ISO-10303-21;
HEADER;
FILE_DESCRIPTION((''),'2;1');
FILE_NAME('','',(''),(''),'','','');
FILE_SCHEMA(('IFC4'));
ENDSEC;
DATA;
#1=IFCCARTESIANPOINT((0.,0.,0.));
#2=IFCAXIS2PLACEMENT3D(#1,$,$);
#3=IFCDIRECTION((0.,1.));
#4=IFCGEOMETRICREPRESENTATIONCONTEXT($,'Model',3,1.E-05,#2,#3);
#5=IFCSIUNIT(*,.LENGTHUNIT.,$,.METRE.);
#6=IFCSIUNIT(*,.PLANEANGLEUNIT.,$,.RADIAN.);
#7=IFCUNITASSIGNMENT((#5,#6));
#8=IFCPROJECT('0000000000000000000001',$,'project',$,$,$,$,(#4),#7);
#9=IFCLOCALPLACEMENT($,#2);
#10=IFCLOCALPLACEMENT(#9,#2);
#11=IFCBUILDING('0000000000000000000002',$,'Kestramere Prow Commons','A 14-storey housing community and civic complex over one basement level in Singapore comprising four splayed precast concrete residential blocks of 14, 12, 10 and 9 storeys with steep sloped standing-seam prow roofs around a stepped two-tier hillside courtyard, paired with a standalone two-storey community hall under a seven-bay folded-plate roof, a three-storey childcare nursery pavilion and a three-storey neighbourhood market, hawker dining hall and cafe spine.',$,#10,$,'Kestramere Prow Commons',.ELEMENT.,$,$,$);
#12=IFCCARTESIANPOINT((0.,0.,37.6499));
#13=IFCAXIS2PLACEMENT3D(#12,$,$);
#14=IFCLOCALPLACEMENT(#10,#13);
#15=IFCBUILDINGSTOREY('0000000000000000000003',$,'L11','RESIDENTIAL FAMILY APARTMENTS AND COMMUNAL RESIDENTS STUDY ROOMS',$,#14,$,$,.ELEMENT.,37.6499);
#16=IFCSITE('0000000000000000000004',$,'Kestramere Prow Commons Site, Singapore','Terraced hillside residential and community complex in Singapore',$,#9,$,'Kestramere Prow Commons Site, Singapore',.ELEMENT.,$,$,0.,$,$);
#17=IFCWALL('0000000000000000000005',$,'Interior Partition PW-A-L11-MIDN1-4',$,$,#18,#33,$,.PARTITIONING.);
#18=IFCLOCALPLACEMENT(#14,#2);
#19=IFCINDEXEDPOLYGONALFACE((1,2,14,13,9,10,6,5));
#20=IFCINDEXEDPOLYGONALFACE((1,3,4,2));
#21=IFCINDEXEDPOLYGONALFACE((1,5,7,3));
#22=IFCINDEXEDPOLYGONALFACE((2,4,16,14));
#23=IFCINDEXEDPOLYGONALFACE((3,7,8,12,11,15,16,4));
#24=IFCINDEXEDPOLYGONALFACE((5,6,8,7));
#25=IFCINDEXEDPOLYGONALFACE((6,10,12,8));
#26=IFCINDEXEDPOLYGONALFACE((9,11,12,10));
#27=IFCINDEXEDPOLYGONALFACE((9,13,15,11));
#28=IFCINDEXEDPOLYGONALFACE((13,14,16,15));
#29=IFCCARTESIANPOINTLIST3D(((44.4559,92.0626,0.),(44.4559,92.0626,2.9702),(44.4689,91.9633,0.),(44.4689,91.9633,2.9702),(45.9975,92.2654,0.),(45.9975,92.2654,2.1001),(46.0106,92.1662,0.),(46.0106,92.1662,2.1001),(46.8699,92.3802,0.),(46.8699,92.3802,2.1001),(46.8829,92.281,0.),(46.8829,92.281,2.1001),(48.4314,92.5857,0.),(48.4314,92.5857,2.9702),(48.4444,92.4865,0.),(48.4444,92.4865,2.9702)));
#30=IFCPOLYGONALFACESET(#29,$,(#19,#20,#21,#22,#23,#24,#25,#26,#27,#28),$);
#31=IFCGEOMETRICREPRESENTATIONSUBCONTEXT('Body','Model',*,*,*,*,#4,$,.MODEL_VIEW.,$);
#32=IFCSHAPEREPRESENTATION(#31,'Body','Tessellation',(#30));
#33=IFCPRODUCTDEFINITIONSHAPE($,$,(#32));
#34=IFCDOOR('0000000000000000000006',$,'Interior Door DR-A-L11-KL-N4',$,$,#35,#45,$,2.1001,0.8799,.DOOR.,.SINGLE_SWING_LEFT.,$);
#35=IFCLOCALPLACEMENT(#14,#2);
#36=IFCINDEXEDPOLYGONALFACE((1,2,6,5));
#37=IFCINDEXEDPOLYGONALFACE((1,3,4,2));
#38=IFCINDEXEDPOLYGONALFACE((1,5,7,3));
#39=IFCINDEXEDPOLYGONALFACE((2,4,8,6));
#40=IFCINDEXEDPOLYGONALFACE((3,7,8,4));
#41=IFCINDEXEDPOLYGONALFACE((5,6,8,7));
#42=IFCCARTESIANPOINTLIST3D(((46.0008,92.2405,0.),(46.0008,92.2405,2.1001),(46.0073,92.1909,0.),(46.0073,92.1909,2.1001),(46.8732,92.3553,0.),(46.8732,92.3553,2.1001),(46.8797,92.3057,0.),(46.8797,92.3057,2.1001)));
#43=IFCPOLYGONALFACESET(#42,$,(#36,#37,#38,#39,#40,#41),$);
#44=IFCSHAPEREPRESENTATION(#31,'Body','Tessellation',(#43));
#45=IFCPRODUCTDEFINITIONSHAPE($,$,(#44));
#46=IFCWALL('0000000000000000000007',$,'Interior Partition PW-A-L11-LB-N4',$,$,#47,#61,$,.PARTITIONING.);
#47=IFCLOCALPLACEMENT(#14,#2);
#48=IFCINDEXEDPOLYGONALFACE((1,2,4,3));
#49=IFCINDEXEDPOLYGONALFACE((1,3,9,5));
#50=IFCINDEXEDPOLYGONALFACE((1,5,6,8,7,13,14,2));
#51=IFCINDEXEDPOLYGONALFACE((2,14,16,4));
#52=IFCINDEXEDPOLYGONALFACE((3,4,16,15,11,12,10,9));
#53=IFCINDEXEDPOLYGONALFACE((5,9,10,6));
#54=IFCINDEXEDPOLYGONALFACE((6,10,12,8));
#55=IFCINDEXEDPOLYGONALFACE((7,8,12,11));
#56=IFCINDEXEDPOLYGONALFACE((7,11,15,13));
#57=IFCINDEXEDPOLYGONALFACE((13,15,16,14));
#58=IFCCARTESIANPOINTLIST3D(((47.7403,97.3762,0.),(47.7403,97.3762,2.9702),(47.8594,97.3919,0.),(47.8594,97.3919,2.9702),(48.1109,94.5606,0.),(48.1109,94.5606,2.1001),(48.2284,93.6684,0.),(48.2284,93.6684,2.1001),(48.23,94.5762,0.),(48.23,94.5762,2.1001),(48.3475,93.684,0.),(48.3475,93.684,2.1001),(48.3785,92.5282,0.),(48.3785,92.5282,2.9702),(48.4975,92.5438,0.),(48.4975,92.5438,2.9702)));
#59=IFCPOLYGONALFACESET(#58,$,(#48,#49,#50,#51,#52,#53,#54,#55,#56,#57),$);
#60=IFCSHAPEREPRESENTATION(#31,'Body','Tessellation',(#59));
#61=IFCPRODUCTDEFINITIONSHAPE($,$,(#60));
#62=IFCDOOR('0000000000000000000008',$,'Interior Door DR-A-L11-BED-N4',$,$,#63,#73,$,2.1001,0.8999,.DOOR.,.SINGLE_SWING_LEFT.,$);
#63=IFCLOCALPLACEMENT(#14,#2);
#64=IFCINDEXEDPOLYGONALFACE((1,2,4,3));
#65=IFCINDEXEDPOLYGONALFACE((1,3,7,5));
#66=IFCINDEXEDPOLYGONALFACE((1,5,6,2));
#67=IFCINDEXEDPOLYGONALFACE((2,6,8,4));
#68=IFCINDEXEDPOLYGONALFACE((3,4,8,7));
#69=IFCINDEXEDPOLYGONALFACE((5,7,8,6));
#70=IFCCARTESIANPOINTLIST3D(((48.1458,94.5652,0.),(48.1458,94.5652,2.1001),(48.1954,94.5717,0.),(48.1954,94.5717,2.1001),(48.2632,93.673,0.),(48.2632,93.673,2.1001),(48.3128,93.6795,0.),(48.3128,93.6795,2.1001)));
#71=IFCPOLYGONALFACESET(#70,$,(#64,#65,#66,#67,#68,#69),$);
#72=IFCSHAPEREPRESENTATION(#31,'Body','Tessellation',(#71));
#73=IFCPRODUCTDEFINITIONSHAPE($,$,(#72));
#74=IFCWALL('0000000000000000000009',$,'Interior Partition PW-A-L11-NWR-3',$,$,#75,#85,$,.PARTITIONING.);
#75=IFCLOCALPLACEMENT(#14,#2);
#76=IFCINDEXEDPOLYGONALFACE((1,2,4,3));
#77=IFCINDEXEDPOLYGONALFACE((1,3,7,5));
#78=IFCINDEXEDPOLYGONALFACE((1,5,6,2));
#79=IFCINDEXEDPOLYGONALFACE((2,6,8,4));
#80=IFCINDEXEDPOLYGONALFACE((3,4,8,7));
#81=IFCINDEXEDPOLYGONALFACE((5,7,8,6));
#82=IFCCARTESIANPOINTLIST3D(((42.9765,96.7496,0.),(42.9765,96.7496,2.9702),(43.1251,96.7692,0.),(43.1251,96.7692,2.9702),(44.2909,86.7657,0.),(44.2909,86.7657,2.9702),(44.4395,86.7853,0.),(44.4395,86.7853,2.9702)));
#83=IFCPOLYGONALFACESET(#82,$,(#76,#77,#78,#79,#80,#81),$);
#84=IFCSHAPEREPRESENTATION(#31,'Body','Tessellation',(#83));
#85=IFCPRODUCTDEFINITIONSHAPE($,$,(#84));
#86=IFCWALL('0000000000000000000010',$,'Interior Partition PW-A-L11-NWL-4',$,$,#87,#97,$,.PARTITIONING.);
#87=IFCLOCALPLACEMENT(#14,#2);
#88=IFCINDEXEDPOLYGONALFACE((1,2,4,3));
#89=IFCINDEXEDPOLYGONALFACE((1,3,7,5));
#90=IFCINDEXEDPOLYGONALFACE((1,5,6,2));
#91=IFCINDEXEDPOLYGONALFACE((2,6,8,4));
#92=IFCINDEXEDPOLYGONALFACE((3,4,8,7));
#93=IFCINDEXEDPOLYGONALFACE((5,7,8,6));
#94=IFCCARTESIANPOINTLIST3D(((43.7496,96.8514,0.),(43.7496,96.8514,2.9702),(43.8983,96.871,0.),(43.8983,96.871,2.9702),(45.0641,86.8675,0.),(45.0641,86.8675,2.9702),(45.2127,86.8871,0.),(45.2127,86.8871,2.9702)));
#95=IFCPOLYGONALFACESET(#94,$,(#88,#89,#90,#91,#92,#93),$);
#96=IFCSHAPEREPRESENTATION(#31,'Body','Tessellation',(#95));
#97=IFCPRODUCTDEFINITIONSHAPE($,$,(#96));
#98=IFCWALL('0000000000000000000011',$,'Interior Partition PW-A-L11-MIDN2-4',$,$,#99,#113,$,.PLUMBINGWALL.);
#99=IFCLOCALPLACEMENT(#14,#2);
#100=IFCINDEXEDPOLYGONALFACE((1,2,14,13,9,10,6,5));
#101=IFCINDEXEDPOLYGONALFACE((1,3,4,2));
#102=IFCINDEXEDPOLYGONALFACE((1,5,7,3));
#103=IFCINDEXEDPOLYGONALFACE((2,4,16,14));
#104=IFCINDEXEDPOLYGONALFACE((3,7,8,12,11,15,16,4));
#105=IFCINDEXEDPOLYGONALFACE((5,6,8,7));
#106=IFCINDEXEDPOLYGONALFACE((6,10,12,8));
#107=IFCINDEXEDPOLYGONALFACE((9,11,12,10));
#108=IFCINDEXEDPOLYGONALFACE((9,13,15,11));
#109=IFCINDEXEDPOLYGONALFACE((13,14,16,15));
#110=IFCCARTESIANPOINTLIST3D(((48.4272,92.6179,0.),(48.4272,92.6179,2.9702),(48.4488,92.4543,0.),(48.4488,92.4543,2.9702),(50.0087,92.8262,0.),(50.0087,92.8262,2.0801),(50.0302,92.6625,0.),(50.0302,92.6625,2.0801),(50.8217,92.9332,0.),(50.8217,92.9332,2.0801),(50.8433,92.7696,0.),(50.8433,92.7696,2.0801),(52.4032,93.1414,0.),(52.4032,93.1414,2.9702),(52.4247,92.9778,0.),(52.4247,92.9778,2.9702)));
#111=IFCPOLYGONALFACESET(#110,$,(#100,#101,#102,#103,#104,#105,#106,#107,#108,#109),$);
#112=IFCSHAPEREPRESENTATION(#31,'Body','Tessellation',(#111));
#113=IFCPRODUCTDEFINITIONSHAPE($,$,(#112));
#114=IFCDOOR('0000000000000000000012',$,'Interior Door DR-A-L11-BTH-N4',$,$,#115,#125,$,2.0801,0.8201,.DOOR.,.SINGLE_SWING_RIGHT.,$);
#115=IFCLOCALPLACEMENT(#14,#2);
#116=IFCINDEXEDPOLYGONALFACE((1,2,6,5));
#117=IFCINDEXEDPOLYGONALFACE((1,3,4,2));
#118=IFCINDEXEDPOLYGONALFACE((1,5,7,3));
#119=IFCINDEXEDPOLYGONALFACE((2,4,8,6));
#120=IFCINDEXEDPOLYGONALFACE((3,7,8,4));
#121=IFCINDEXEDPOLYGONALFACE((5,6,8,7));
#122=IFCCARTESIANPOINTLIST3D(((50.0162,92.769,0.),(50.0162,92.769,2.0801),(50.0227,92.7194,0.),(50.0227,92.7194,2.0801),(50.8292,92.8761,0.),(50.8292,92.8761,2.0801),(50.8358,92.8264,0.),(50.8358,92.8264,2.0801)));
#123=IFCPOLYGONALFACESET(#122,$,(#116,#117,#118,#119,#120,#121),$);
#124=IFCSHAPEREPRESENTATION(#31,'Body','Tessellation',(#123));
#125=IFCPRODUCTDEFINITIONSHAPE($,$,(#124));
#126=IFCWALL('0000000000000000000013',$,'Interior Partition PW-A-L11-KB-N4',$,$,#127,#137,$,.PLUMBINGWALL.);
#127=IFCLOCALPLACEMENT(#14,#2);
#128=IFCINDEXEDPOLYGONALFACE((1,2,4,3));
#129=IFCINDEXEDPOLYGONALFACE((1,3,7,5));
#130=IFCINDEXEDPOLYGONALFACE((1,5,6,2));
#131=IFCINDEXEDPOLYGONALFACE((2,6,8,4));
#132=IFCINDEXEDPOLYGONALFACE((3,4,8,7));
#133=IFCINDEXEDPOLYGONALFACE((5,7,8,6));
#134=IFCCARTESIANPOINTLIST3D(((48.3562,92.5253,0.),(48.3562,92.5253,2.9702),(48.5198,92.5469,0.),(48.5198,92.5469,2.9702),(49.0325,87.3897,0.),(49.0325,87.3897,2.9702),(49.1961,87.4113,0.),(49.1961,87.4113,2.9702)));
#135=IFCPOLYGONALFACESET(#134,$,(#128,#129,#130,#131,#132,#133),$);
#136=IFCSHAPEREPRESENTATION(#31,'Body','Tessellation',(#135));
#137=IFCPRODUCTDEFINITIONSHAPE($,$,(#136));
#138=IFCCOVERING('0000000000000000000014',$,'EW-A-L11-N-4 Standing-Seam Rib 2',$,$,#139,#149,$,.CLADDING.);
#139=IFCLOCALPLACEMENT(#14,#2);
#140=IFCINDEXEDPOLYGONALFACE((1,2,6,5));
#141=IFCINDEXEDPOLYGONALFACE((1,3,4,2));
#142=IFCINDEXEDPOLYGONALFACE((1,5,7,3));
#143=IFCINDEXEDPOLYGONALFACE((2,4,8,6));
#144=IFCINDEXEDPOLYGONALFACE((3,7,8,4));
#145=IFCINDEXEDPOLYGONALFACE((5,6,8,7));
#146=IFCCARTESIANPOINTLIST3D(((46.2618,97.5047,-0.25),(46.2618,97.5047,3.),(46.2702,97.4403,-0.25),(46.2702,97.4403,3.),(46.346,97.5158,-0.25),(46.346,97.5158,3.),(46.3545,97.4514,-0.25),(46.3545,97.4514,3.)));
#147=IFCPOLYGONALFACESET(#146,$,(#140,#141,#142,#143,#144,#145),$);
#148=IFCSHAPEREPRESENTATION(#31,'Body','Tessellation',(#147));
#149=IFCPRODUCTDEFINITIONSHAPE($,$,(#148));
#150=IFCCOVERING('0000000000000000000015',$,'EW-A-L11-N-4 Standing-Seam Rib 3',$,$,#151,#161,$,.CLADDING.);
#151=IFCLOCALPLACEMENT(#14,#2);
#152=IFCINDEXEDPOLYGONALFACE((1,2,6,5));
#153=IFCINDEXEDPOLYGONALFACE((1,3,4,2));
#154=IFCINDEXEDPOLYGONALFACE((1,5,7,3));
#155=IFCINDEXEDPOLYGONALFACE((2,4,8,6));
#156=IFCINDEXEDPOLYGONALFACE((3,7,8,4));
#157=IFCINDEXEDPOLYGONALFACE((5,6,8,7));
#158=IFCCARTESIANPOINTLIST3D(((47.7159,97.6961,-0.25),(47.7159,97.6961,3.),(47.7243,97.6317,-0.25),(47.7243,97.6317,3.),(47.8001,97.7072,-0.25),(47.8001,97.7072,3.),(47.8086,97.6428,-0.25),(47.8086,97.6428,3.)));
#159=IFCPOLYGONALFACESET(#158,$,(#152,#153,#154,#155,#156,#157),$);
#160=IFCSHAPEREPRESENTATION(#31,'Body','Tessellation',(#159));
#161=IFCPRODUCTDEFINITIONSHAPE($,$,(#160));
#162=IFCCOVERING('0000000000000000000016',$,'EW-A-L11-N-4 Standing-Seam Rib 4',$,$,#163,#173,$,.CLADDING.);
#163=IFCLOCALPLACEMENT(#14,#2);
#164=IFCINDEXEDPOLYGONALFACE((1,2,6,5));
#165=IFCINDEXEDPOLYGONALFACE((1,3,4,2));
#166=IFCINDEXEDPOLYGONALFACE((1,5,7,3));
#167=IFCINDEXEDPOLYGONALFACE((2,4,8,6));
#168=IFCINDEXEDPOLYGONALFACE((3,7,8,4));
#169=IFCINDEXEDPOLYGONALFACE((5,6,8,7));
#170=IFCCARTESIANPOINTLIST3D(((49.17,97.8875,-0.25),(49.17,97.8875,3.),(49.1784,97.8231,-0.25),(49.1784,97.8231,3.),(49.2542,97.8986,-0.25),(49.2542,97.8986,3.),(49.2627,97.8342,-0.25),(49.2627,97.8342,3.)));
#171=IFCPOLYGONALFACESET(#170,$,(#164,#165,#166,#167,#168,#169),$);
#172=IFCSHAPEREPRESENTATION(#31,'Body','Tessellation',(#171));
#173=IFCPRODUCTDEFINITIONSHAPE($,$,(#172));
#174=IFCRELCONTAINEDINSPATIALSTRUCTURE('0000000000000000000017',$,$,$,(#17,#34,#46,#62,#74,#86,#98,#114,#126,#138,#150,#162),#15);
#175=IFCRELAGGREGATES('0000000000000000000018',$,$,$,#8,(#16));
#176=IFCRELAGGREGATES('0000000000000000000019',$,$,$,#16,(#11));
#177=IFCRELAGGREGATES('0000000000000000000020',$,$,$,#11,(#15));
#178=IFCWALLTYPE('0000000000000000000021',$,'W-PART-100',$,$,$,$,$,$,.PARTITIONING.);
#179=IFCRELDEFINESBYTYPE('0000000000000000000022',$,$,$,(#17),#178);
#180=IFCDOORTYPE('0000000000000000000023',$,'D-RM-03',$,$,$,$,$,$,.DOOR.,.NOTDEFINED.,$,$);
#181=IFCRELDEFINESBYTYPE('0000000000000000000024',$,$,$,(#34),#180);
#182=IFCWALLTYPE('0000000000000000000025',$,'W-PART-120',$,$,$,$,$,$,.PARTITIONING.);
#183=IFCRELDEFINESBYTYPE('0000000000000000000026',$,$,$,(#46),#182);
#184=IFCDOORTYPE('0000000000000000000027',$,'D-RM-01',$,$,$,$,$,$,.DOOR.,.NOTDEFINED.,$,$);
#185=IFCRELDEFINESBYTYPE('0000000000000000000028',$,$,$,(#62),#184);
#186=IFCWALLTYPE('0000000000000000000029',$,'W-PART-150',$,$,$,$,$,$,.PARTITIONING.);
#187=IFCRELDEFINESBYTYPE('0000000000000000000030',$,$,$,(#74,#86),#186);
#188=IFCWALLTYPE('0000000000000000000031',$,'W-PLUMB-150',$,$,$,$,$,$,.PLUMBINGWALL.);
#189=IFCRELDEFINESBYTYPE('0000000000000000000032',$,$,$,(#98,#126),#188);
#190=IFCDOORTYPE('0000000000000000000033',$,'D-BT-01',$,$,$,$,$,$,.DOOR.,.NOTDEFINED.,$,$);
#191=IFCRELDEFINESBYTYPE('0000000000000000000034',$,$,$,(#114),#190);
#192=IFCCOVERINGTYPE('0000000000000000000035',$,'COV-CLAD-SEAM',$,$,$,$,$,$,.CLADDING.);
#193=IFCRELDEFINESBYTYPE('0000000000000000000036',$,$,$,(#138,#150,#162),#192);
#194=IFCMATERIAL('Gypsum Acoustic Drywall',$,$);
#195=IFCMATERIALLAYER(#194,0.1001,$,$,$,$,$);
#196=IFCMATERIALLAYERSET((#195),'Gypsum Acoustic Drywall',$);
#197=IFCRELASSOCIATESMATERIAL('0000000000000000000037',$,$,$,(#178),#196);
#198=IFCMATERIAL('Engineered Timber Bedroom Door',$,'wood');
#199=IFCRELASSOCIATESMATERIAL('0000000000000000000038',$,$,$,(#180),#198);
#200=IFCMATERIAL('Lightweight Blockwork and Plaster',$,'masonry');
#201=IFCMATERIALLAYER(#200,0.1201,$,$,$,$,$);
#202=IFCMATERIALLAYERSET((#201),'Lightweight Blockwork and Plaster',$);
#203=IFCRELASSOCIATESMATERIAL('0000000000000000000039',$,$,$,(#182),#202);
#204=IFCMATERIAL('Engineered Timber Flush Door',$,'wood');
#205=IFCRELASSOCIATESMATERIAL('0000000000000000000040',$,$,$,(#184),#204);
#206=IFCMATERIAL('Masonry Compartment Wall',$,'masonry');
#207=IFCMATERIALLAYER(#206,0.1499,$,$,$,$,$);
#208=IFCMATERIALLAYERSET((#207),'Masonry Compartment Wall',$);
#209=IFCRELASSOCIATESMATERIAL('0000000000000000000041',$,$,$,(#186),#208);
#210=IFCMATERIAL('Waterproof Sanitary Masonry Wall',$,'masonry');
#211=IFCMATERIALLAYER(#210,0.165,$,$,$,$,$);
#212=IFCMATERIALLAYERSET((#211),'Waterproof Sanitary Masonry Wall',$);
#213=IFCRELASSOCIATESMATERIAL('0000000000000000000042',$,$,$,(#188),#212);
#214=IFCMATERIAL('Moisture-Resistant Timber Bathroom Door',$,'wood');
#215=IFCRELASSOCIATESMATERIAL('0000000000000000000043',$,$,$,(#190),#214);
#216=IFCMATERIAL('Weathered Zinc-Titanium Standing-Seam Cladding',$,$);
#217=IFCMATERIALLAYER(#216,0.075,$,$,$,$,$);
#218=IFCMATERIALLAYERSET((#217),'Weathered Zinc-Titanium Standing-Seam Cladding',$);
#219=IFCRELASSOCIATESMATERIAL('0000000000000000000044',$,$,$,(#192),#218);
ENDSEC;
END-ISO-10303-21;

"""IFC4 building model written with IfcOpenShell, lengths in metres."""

from ifc_helpers import new_model, si_unit, direction, frame, frame_2d, origin, origin_2d, place, context, subcontext, project, spatial, rectangle, extrude, material, layer, layer_set, type_object, element, fill, save


model = new_model("IFC4")

# Units and contexts
model_context = context("Model", 3, precision=1e-05, world=origin(), true_north=direction((0.0, 1.0)))
body_context = subcontext(model_context, "Body", "Model", "MODEL_VIEW")
ifc_project = project(units=[si_unit("LENGTHUNIT", "METRE"), si_unit("PLANEANGLEUNIT", "RADIAN")], contexts=[model_context])

# Site, building, storey
site_placement = place(None, origin())
site = spatial("IfcSite", under=ifc_project, at=site_placement, Name="Kestramere Prow Commons Site, Singapore", Description="Terraced hillside residential and community complex in Singapore", LongName="Kestramere Prow Commons Site, Singapore", CompositionType="ELEMENT", RefElevation=0.0)
building_placement = place(site_placement, origin())
building = spatial("IfcBuilding", under=site, at=building_placement, Name="Kestramere Prow Commons", Description="A 14-storey housing community and civic complex over one basement level in Singapore comprising four splayed precast concrete residential blocks of 14, 12, 10 and 9 storeys with steep sloped standing-seam prow roofs around a stepped two-tier hillside courtyard, paired with a standalone two-storey community hall under a seven-bay folded-plate roof, a three-storey childcare nursery pavilion and a three-storey neighbourhood market, hawker dining hall and cafe spine.", LongName="Kestramere Prow Commons", CompositionType="ELEMENT")
storey_placement = place(building_placement, frame((0.0, 0.0, 37.6499)))
storey = spatial("IfcBuildingStorey", under=building, at=storey_placement, Name="L11", Description="RESIDENTIAL FAMILY APARTMENTS AND COMMUNAL RESIDENTS STUDY ROOMS", CompositionType="ELEMENT", Elevation=37.6499)

# Walls, openings, doors
ifc_material_1 = material(Name="Gypsum Acoustic Drywall")
ifc_layer_1 = layer(ifc_material_1, 0.1001)
ifc_layer_set_1 = layer_set([ifc_layer_1], Name="Gypsum Acoustic Drywall")
wall_type_1 = type_object("IfcWallType", Name="W-PART-100", PredefinedType="PARTITIONING", material=ifc_layer_set_1)
wall_1_placement = place(storey_placement, frame((44.4624, 92.0129, 0.0), z_axis=(0.0, 0.0, 1.0), x_axis=(0.991451, 0.130477, 0.0)))
wall_1 = element("IfcWall", 1, at=wall_1_placement, inside=storey, type_object=wall_type_1, Name="Interior Partition PW-A-L11-MIDN1-4", PredefinedType="PARTITIONING", context=body_context, shape_type="SweptSolid", body=[
    extrude(rectangle(XDim=4.0098, YDim=0.1001, at=frame_2d((2.0049, 0.0))), origin(), (0.0, 0.0, 1.0), 2.9702),
])
opening_1_placement = place(wall_1_placement, frame((1.5549, 0.0, 0.0)))
opening_1 = element("IfcOpeningElement", 2, at=opening_1_placement, cuts=wall_1, PredefinedType="OPENING", context=body_context, shape_type="SweptSolid", body=[
    extrude(rectangle(XDim=0.8799, YDim=2.1001, at=frame_2d((0.4399, 1.05))), frame((0.0, 0.0649, 0.0), z_axis=(0.0, -1.0, 0.0), x_axis=(1.0, 0.0, 0.0)), (0.0, 0.0, 1.0), 0.1301),
])
ifc_material_2 = material(Name="Engineered Timber Bedroom Door", Category="wood")
door_type_1 = type_object("IfcDoorType", Name="D-RM-03", OperationType="NOTDEFINED", PredefinedType="DOOR", material=ifc_material_2)
door_1_placement = place(opening_1_placement, origin())
door_1 = element("IfcDoor", 3, at=door_1_placement, inside=storey, type_object=door_type_1, Name="Interior Door DR-A-L11-KL-N4", OperationType="SINGLE_SWING_LEFT", OverallHeight=2.1001, OverallWidth=0.8799, PredefinedType="DOOR", context=body_context, shape_type="SweptSolid", body=[
    extrude(rectangle(XDim=0.8799, YDim=2.1001, at=frame_2d((0.4399, 1.05))), frame((0.0, 0.0249, 0.0), z_axis=(0.0, -1.0, 0.0), x_axis=(1.0, 0.0, 0.0)), (0.0, 0.0, 1.0), 0.05),
])
fill(opening_1, door_1)
ifc_material_3 = material(Name="Lightweight Blockwork and Plaster", Category="masonry")
ifc_layer_2 = layer(ifc_material_3, 0.1201)
ifc_layer_set_2 = layer_set([ifc_layer_2], Name="Lightweight Blockwork and Plaster")
wall_type_2 = type_object("IfcWallType", Name="W-PART-120", PredefinedType="PARTITIONING", material=ifc_layer_set_2)
wall_2_placement = place(storey_placement, frame((48.438, 92.5361, 0.0), z_axis=(0.0, 0.0, 1.0), x_axis=(-0.130509, 0.991447, 0.0)))
wall_2 = element("IfcWall", 4, at=wall_2_placement, inside=storey, type_object=wall_type_2, Name="Interior Partition PW-A-L11-LB-N4", PredefinedType="PARTITIONING", context=body_context, shape_type="SweptSolid", body=[
    extrude(rectangle(XDim=4.8899, YDim=0.1201, at=frame_2d((2.4448, 0.0))), origin(), (0.0, 0.0, 1.0), 2.9702),
])
opening_2_placement = place(wall_2_placement, frame((1.1499, 0.0, 0.0)))
opening_2 = element("IfcOpeningElement", 5, at=opening_2_placement, cuts=wall_2, PredefinedType="OPENING", context=body_context, shape_type="SweptSolid", body=[
    extrude(rectangle(XDim=0.8999, YDim=2.1001, at=frame_2d((0.45, 1.05))), frame((0.0, 0.075, 0.0), z_axis=(0.0, -1.0, 0.0), x_axis=(1.0, 0.0, 0.0)), (0.0, 0.0, 1.0), 0.1501),
])
ifc_material_4 = material(Name="Engineered Timber Flush Door", Category="wood")
door_type_2 = type_object("IfcDoorType", Name="D-RM-01", OperationType="NOTDEFINED", PredefinedType="DOOR", material=ifc_material_4)
door_2_placement = place(opening_2_placement, origin())
door_2 = element("IfcDoor", 6, at=door_2_placement, inside=storey, type_object=door_type_2, Name="Interior Door DR-A-L11-BED-N4", OperationType="SINGLE_SWING_LEFT", OverallHeight=2.1001, OverallWidth=0.8999, PredefinedType="DOOR", context=body_context, shape_type="SweptSolid", body=[
    extrude(rectangle(XDim=0.8999, YDim=2.1001, at=frame_2d((0.45, 1.05))), frame((0.0, 0.0249, 0.0), z_axis=(0.0, -1.0, 0.0), x_axis=(1.0, 0.0, 0.0)), (0.0, 0.0, 1.0), 0.05),
])
fill(opening_2, door_2)

# Walls
ifc_material_5 = material(Name="Masonry Compartment Wall", Category="masonry")
ifc_layer_3 = layer(ifc_material_5, 0.1499)
ifc_layer_set_3 = layer_set([ifc_layer_3], Name="Masonry Compartment Wall")
wall_type_3 = type_object("IfcWallType", Name="W-PART-150", PredefinedType="PARTITIONING", material=ifc_layer_set_3)
for number, where, z_axis, x_axis, name in (
    (7, (44.3652, 86.7754, 0.0), (0.0, 0.0, 1.0), (-0.130531, 0.991444, 0.0), "Interior Partition PW-A-L11-NWR-3"),
    (8, (45.1384, 86.8772, 0.0), (0.0, 0.0, 1.0), (-0.130531, 0.991444, 0.0), "Interior Partition PW-A-L11-NWL-4"),
):
    element("IfcWall", number, at=place(storey_placement, frame(where, z_axis=z_axis, x_axis=x_axis)), inside=storey, type_object=wall_type_3, Name=name, PredefinedType="PARTITIONING", context=body_context, shape_type="SweptSolid", body=[
        extrude(rectangle(XDim=10.0701, YDim=0.1499, at=frame_2d((5.0352, 0.0))), origin(), (0.0, 0.0, 1.0), 2.9702),
    ])

# Wall, opening, door
ifc_material_6 = material(Name="Waterproof Sanitary Masonry Wall", Category="masonry")
ifc_layer_4 = layer(ifc_material_6, 0.165)
ifc_layer_set_4 = layer_set([ifc_layer_4], Name="Waterproof Sanitary Masonry Wall")
wall_type_4 = type_object("IfcWallType", Name="W-PLUMB-150", PredefinedType="PLUMBINGWALL", material=ifc_layer_set_4)
wall_3_placement = place(storey_placement, frame((48.438, 92.5361, 0.0), z_axis=(0.0, 0.0, 1.0), x_axis=(0.991445, 0.130529, 0.0)))
wall_3 = element("IfcWall", 9, at=wall_3_placement, inside=storey, type_object=wall_type_4, Name="Interior Partition PW-A-L11-MIDN2-4", PredefinedType="PLUMBINGWALL", context=body_context, shape_type="SweptSolid", body=[
    extrude(rectangle(XDim=4.0103, YDim=0.165, at=frame_2d((2.0051, 0.0))), origin(), (0.0, 0.0, 1.0), 2.9702),
])
opening_3_placement = place(wall_3_placement, frame((1.595, 0.0, 0.0)))
opening_3 = element("IfcOpeningElement", 10, at=opening_3_placement, cuts=wall_3, PredefinedType="OPENING", context=body_context, shape_type="SweptSolid", body=[
    extrude(rectangle(XDim=0.8201, YDim=2.0801, at=frame_2d((0.4102, 1.04))), frame((0.0, 0.0974, 0.0), z_axis=(0.0, -1.0, 0.0), x_axis=(1.0, 0.0, 0.0)), (0.0, 0.0, 1.0), 0.1951),
])
ifc_material_7 = material(Name="Moisture-Resistant Timber Bathroom Door", Category="wood")
door_type_3 = type_object("IfcDoorType", Name="D-BT-01", OperationType="NOTDEFINED", PredefinedType="DOOR", material=ifc_material_7)
door_3_placement = place(opening_3_placement, origin())
door_3 = element("IfcDoor", 11, at=door_3_placement, inside=storey, type_object=door_type_3, Name="Interior Door DR-A-L11-BTH-N4", OperationType="SINGLE_SWING_RIGHT", OverallHeight=2.0801, OverallWidth=0.8201, PredefinedType="DOOR", context=body_context, shape_type="SweptSolid", body=[
    extrude(rectangle(XDim=0.8201, YDim=2.0801, at=frame_2d((0.4102, 1.04))), frame((0.0, 0.0249, 0.0), z_axis=(0.0, -1.0, 0.0), x_axis=(1.0, 0.0, 0.0)), (0.0, 0.0, 1.0), 0.05),
])
fill(opening_3, door_3)

# Wall
wall_4_placement = place(storey_placement, frame((49.1143, 87.4006, 0.0), z_axis=(0.0, 0.0, 1.0), x_axis=(-0.130558, 0.991441, 0.0)))
element("IfcWall", 12, at=wall_4_placement, inside=storey, type_object=wall_type_4, Name="Interior Partition PW-A-L11-KB-N4", PredefinedType="PLUMBINGWALL", context=body_context, shape_type="SweptSolid", body=[
    extrude(rectangle(XDim=5.1799, YDim=0.165, at=frame_2d((2.5898, 0.0))), origin(), (0.0, 0.0, 1.0), 2.9702),
])

# Coverings
ifc_material_8 = material(Name="Weathered Zinc-Titanium Standing-Seam Cladding")
ifc_layer_5 = layer(ifc_material_8, 0.075)
ifc_layer_set_5 = layer_set([ifc_layer_5], Name="Weathered Zinc-Titanium Standing-Seam Cladding")
covering_type = type_object("IfcCoveringType", Name="COV-CLAD-SEAM", PredefinedType="CLADDING", material=ifc_layer_set_5)
for number, where, z_axis, x_axis, name in (
    (13, (46.3081, 97.478, -0.25), (0.0, 0.0, 1.0), (0.991445, 0.130526, 0.0), "EW-A-L11-N-4 Standing-Seam Rib 2"),
    (14, (47.7622, 97.6694, -0.25), (0.0, 0.0, 1.0), (0.991445, 0.130526, 0.0), "EW-A-L11-N-4 Standing-Seam Rib 3"),
    (15, (49.2163, 97.8608, -0.25), (0.0, 0.0, 1.0), (0.991445, 0.130526, 0.0), "EW-A-L11-N-4 Standing-Seam Rib 4"),
):
    element("IfcCovering", number, at=place(storey_placement, frame(where, z_axis=z_axis, x_axis=x_axis)), inside=storey, type_object=covering_type, Name=name, PredefinedType="CLADDING", context=body_context, shape_type="SweptSolid", body=[
        extrude(rectangle(XDim=0.085, YDim=0.0649, at=origin_2d()), origin(), (0.0, 0.0, 1.0), 3.25),
    ])

save(model, "model.ifc")
